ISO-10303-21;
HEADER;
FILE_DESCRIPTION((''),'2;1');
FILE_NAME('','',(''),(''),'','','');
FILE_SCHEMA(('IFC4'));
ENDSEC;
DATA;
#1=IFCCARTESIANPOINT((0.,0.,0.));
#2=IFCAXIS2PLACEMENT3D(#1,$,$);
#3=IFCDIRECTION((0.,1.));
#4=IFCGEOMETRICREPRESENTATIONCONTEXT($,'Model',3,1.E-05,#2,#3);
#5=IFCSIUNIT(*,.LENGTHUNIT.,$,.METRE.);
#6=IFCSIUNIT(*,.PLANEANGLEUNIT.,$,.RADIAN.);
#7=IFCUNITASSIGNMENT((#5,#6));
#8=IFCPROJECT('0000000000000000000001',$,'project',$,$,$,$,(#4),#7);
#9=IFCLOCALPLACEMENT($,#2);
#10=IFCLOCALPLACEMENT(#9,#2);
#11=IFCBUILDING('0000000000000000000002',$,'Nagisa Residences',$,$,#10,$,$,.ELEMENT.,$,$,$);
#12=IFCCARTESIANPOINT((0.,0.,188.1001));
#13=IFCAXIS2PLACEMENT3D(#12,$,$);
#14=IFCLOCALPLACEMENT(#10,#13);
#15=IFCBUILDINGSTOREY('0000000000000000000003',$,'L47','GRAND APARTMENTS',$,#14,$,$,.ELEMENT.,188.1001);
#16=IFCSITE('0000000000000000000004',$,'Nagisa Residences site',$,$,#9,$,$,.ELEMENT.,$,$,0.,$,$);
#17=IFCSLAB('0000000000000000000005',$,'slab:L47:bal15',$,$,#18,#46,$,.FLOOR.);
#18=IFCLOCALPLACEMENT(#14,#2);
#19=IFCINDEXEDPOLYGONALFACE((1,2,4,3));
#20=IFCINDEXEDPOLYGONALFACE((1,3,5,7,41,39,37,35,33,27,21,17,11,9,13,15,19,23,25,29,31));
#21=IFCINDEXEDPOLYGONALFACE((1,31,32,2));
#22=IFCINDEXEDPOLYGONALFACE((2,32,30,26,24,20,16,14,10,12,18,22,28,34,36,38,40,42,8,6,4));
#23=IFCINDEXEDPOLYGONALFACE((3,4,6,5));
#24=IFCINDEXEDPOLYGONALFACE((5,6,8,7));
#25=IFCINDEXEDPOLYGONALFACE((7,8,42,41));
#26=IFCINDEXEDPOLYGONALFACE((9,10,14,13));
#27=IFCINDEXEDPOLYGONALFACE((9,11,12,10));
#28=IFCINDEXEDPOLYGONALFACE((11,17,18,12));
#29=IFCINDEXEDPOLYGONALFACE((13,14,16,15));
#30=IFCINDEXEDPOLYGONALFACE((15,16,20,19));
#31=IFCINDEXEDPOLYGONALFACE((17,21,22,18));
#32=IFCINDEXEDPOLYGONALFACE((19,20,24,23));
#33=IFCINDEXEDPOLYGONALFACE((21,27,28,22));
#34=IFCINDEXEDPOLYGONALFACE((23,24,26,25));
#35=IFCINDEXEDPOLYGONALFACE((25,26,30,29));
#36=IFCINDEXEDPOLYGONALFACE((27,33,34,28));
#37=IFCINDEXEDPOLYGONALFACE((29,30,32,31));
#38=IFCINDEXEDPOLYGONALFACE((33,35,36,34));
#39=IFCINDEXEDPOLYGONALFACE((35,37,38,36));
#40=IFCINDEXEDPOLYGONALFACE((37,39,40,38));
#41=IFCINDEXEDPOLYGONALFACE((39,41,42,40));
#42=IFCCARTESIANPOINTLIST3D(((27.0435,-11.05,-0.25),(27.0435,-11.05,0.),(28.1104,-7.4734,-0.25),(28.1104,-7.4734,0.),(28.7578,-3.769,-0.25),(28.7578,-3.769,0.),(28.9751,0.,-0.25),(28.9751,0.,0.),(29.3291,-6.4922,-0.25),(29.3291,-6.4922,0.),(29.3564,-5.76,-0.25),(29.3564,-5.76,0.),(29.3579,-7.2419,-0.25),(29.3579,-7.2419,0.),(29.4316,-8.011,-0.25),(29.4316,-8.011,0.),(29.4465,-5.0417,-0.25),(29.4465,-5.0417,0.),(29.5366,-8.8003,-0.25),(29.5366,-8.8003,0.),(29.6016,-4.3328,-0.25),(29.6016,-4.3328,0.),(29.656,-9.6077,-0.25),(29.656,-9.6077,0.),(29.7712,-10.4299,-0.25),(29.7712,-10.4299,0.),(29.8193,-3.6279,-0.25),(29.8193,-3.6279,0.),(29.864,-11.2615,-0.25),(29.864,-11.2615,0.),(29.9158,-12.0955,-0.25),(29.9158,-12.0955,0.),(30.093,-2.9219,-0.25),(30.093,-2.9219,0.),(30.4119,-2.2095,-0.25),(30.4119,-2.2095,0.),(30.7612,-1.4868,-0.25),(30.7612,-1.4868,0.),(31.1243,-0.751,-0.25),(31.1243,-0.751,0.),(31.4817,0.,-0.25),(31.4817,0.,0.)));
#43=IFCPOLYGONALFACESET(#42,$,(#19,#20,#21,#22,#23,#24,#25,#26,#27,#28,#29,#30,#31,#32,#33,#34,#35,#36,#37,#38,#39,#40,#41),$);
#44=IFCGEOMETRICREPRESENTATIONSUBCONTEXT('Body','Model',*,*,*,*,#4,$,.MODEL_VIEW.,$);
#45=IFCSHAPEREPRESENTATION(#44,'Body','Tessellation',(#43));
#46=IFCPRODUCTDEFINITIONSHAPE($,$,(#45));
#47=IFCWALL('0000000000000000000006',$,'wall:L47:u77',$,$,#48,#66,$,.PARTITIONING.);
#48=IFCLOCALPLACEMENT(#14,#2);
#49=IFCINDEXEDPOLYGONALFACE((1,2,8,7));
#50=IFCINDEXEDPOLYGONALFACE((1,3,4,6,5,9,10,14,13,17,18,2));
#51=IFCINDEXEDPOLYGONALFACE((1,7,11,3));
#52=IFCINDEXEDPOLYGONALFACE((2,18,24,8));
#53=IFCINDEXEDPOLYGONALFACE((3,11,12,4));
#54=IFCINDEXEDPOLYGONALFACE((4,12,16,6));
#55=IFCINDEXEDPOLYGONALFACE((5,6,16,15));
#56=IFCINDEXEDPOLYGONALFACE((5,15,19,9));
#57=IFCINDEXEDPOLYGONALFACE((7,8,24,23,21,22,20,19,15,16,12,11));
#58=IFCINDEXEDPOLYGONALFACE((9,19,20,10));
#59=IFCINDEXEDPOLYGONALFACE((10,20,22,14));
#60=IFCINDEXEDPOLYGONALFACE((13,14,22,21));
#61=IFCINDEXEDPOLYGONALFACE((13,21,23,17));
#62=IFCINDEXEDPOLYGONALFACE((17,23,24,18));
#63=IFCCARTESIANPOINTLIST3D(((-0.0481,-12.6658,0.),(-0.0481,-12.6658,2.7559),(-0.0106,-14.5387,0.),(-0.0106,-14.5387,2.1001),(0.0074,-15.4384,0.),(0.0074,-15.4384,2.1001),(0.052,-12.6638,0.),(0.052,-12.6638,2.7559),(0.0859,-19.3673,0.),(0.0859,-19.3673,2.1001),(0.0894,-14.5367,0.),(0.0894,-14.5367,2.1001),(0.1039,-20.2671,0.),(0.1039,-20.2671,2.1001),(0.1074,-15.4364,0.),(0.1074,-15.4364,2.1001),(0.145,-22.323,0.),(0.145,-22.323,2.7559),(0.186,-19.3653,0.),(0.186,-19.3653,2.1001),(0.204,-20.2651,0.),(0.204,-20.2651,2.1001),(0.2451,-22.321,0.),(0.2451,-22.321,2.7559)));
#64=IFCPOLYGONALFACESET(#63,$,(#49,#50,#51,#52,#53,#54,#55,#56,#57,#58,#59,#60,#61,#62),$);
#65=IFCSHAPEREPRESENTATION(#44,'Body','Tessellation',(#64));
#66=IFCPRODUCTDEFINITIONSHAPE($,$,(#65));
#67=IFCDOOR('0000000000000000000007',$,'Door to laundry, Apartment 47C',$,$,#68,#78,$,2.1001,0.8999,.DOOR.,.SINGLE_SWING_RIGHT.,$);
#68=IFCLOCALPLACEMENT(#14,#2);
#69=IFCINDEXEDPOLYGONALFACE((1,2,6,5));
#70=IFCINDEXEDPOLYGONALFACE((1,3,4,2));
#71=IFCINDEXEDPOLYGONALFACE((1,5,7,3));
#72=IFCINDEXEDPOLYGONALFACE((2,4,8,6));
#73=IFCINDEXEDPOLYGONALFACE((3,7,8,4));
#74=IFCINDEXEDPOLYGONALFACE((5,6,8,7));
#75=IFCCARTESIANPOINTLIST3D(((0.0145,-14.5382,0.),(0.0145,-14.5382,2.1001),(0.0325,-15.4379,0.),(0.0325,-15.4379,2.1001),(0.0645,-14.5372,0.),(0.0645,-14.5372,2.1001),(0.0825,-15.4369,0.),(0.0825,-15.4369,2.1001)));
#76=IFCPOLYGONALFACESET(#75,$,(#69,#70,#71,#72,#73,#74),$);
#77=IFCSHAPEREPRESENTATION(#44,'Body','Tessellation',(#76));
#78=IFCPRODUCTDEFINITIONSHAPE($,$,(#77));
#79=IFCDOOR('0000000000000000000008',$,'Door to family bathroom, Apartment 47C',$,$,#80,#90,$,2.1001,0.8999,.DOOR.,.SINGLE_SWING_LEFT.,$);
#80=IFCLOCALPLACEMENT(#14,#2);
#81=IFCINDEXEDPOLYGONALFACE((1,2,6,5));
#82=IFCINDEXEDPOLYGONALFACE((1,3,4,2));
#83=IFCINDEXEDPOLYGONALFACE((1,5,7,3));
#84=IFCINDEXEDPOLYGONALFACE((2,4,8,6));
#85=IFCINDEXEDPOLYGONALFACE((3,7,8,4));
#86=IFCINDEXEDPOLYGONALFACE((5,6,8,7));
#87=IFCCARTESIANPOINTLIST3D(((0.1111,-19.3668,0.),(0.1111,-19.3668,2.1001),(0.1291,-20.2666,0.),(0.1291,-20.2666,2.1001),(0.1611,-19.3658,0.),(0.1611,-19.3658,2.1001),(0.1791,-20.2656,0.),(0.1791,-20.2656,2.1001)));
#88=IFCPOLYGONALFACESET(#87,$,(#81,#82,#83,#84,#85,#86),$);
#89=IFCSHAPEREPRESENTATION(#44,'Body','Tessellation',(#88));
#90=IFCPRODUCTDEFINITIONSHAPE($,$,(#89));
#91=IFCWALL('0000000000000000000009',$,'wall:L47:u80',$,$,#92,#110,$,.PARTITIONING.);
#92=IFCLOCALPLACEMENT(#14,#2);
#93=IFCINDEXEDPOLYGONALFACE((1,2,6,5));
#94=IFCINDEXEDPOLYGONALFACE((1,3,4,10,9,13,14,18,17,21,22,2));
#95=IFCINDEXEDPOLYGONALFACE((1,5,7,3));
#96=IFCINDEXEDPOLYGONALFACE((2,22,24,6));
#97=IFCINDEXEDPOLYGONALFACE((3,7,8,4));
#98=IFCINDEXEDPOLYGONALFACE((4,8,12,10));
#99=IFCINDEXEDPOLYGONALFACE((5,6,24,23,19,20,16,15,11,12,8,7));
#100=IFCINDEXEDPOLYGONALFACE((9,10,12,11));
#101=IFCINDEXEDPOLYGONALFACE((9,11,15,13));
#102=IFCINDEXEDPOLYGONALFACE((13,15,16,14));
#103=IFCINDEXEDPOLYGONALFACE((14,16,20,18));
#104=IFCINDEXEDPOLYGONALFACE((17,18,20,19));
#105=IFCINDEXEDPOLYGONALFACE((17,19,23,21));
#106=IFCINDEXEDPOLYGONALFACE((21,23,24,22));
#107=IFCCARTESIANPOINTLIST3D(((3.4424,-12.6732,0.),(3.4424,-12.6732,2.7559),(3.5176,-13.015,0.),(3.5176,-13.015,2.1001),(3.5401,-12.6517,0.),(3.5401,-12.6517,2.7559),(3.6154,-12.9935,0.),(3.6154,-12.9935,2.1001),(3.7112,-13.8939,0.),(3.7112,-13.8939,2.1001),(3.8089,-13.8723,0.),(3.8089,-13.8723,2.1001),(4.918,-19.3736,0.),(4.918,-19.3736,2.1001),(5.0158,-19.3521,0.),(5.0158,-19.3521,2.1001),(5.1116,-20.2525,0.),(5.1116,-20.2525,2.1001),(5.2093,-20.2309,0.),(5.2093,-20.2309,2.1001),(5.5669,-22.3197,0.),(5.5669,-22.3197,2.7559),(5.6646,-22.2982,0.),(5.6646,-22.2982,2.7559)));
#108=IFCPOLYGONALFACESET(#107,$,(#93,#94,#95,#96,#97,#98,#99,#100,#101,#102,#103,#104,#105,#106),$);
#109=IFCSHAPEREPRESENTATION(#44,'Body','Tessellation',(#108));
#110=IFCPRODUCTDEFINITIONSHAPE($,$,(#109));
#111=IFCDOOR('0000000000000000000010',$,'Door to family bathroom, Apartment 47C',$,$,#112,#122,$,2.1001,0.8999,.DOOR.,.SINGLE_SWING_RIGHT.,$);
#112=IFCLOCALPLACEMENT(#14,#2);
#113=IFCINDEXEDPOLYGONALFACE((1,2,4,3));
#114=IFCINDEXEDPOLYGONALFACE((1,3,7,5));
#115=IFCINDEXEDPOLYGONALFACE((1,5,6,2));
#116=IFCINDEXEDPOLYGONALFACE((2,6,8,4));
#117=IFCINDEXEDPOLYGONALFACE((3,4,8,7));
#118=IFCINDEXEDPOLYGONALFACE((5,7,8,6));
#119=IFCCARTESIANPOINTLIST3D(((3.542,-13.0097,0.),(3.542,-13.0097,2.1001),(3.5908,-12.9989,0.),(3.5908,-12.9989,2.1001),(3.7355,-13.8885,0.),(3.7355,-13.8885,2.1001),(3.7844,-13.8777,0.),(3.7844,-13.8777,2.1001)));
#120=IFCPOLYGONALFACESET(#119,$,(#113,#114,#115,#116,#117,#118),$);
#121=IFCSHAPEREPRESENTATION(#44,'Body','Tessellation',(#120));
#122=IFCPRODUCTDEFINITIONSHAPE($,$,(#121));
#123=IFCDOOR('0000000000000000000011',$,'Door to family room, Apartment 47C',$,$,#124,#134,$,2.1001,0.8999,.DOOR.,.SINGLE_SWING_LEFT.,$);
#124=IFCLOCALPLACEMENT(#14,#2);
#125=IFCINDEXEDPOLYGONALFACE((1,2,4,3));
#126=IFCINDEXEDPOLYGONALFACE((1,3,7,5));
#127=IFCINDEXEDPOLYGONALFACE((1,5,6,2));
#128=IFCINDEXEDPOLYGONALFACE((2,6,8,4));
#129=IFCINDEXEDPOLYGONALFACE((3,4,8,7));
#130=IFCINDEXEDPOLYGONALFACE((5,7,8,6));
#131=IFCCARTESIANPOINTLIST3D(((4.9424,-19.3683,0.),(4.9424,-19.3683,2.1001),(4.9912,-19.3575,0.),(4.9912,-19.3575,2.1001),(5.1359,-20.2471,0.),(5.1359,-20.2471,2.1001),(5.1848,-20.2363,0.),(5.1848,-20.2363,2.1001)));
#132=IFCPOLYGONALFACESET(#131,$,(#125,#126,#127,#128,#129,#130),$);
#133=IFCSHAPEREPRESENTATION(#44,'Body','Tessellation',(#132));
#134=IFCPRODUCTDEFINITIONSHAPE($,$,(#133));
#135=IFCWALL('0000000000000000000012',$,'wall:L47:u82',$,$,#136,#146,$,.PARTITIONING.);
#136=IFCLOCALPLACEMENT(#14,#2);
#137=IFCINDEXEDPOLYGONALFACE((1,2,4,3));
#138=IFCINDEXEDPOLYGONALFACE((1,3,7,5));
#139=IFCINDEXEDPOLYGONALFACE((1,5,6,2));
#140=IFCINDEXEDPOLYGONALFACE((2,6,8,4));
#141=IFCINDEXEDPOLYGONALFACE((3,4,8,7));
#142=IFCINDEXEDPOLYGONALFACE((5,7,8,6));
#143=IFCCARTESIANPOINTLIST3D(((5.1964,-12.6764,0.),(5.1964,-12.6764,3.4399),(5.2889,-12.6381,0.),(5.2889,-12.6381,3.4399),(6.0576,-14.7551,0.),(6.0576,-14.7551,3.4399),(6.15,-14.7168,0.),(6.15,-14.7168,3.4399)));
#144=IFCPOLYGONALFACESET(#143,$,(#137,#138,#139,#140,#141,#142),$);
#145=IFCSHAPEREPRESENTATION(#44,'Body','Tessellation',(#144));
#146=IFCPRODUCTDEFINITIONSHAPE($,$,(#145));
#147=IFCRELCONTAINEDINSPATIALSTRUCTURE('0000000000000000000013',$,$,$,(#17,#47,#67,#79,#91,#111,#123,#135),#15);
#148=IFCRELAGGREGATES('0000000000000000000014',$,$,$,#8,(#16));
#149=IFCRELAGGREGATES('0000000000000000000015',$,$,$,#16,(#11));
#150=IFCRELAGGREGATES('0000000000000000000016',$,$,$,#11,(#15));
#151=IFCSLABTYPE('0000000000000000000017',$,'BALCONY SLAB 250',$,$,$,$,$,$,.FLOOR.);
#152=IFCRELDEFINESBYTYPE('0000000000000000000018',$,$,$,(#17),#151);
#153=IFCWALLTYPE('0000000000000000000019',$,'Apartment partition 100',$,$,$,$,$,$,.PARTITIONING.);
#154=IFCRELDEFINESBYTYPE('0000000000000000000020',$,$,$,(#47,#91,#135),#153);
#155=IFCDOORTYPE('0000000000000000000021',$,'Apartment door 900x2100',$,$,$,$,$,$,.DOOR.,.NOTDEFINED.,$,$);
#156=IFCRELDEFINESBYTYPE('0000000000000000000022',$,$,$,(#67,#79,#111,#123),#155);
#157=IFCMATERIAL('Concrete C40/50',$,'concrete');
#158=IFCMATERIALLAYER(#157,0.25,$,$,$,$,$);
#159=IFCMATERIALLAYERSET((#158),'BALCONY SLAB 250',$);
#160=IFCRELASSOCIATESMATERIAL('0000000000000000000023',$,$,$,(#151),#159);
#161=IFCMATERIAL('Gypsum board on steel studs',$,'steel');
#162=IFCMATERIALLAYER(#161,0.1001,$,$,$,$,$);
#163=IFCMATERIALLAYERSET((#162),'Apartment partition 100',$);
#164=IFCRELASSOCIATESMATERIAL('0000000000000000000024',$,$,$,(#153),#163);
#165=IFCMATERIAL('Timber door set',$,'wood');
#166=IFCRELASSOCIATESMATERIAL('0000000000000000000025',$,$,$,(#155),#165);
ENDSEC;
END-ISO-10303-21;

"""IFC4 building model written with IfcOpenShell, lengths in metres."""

from ifc_helpers import new_model, si_unit, direction, frame, frame_2d, origin, place, context, subcontext, project, spatial, polyline, rectangle, outline, extrude, material, layer, layer_set, type_object, element, fill, save


model = new_model("IFC4")

# Units and contexts
model_context = context("Model", 3, precision=1e-05, world=origin(), true_north=direction((0.0, 1.0)))
body_context = subcontext(model_context, "Body", "Model", "MODEL_VIEW")
ifc_project = project(units=[si_unit("LENGTHUNIT", "METRE"), si_unit("PLANEANGLEUNIT", "RADIAN")], contexts=[model_context])

# Site, building, storey
site_placement = place(None, origin())
site = spatial("IfcSite", under=ifc_project, at=site_placement, Name="Nagisa Residences site", CompositionType="ELEMENT", RefElevation=0.0)
building_placement = place(site_placement, origin())
building = spatial("IfcBuilding", under=site, at=building_placement, Name="Nagisa Residences", CompositionType="ELEMENT")
storey_placement = place(building_placement, frame((0.0, 0.0, 188.1001)))
storey = spatial("IfcBuildingStorey", under=building, at=storey_placement, Name="L47", Description="GRAND APARTMENTS", CompositionType="ELEMENT", Elevation=188.1001)

# Slab
ifc_material_1 = material(Name="Concrete C40/50", Category="concrete")
ifc_layer_1 = layer(ifc_material_1, 0.25)
ifc_layer_set_1 = layer_set([ifc_layer_1], Name="BALCONY SLAB 250")
slab_type = type_object("IfcSlabType", Name="BALCONY SLAB 250", PredefinedType="FLOOR", material=ifc_layer_set_1)
slab_placement = place(storey_placement, frame((0.0, 0.0, -0.25)))
element("IfcSlab", 1, at=slab_placement, inside=storey, type_object=slab_type, Name="slab:L47:bal15", PredefinedType="FLOOR", context=body_context, shape_type="SweptSolid", body=[
    extrude(outline(polyline([(29.9158, -12.0955), (29.864, -11.2615), (29.7712, -10.4299), (29.656, -9.6077), (29.5366, -8.8003), (29.4316, -8.011), (29.3579, -7.2419), (29.3291, -6.4922), (29.3564, -5.76), (29.4465, -5.0417), (29.6016, -4.3328), (29.8193, -3.6279), (30.093, -2.9219), (30.4119, -2.2095), (30.7612, -1.4868), (31.1243, -0.751), (31.4817, 0.0), (28.9751, 0.0), (28.7578, -3.769), (28.1104, -7.4734), (27.0435, -11.05), (29.9158, -12.0955)])), origin(), (0.0, 0.0, 1.0), 0.25),
])

# Walls, openings, doors
ifc_material_2 = material(Name="Gypsum board on steel studs", Category="steel")
ifc_layer_2 = layer(ifc_material_2, 0.1001)
ifc_layer_set_2 = layer_set([ifc_layer_2], Name="Apartment partition 100")
wall_type_1 = type_object("IfcWallType", Name="Apartment partition 100", PredefinedType="PARTITIONING", material=ifc_layer_set_2)
wall_1_placement = place(storey_placement, frame((0.002, -12.6648, 0.0), z_axis=(0.0, 0.0, 1.0), x_axis=(0.019993, -0.9998, 0.0)))
wall_1 = element("IfcWall", 2, at=wall_1_placement, inside=storey, type_object=wall_type_1, Name="wall:L47:u77", PredefinedType="PARTITIONING", context=body_context, shape_type="SweptSolid", body=[
    extrude(rectangle(XDim=9.6592, YDim=0.1001, at=frame_2d((4.8296, 0.0))), origin(), (0.0, 0.0, 1.0), 2.7559),
])
opening_1_placement = place(wall_1_placement, frame((1.8733, 0.0, 0.0)))
opening_1 = element("IfcOpeningElement", 3, at=opening_1_placement, cuts=wall_1, PredefinedType="OPENING", context=body_context, shape_type="SweptSolid", body=[
    extrude(rectangle(XDim=0.8999, YDim=2.1001, at=frame_2d((0.45, 1.05))), frame((0.0, 0.0601, 0.0), z_axis=(0.0, -1.0, 0.0), x_axis=(1.0, 0.0, 0.0)), (0.0, 0.0, 1.0), 0.1201),
])
opening_2_placement = place(wall_1_placement, frame((6.7029, 0.0, 0.0)))
opening_2 = element("IfcOpeningElement", 4, at=opening_2_placement, cuts=wall_1, PredefinedType="OPENING", context=body_context, shape_type="SweptSolid", body=[
    extrude(rectangle(XDim=0.8999, YDim=2.1001, at=frame_2d((0.45, 1.05))), frame((0.0, 0.0601, 0.0), z_axis=(0.0, -1.0, 0.0), x_axis=(1.0, 0.0, 0.0)), (0.0, 0.0, 1.0), 0.1201),
])
ifc_material_3 = material(Name="Timber door set", Category="wood")
door_type_1 = type_object("IfcDoorType", Name="Apartment door 900x2100", OperationType="NOTDEFINED", PredefinedType="DOOR", material=ifc_material_3)
door_1_placement = place(opening_1_placement, frame((0.8999, 0.0, 0.0), x_axis=(-1.0, 0.0, 0.0)))
door_1 = element("IfcDoor", 5, at=door_1_placement, inside=storey, type_object=door_type_1, Name="Door to laundry, Apartment 47C", OperationType="SINGLE_SWING_RIGHT", OverallHeight=2.1001, OverallWidth=0.8999, PredefinedType="DOOR", context=body_context, shape_type="SweptSolid", body=[
    extrude(rectangle(XDim=0.8999, YDim=2.1001, at=frame_2d((0.45, 1.05))), frame((0.0, 0.0249, 0.0), z_axis=(0.0, -1.0, 0.0), x_axis=(1.0, 0.0, 0.0)), (0.0, 0.0, 1.0), 0.05),
])
fill(opening_1, door_1)
door_2_placement = place(opening_2_placement, frame((0.8999, 0.0, 0.0), x_axis=(-1.0, 0.0, 0.0)))
door_2 = element("IfcDoor", 6, at=door_2_placement, inside=storey, type_object=door_type_1, Name="Door to family bathroom, Apartment 47C", OperationType="SINGLE_SWING_LEFT", OverallHeight=2.1001, OverallWidth=0.8999, PredefinedType="DOOR", context=body_context, shape_type="SweptSolid", body=[
    extrude(rectangle(XDim=0.8999, YDim=2.1001, at=frame_2d((0.45, 1.05))), frame((0.0, 0.0249, 0.0), z_axis=(0.0, -1.0, 0.0), x_axis=(1.0, 0.0, 0.0)), (0.0, 0.0, 1.0), 0.05),
])
fill(opening_2, door_2)
wall_2_placement = place(storey_placement, frame((3.4912, -12.6624, 0.0), z_axis=(0.0, 0.0, 1.0), x_axis=(0.215082, -0.976596, 0.0)))
wall_2 = element("IfcWall", 7, at=wall_2_placement, inside=storey, type_object=wall_type_1, Name="wall:L47:u80", PredefinedType="PARTITIONING", context=body_context, shape_type="SweptSolid", body=[
    extrude(rectangle(XDim=9.8777, YDim=0.1001, at=frame_2d((4.939, 0.0))), origin(), (0.0, 0.0, 1.0), 2.7559),
])
opening_3_placement = place(wall_2_placement, frame((0.3501, 0.0, 0.0)))
opening_3 = element("IfcOpeningElement", 8, at=opening_3_placement, cuts=wall_2, PredefinedType="OPENING", context=body_context, shape_type="SweptSolid", body=[
    extrude(rectangle(XDim=0.8999, YDim=2.1001, at=frame_2d((0.45, 1.05))), frame((0.0, 0.0601, 0.0), z_axis=(0.0, -1.0, 0.0), x_axis=(1.0, 0.0, 0.0)), (0.0, 0.0, 1.0), 0.1201),
])
opening_4_placement = place(wall_2_placement, frame((6.8611, 0.0, 0.0)))
opening_4 = element("IfcOpeningElement", 9, at=opening_4_placement, cuts=wall_2, PredefinedType="OPENING", context=body_context, shape_type="SweptSolid", body=[
    extrude(rectangle(XDim=0.8999, YDim=2.1001, at=frame_2d((0.45, 1.05))), frame((0.0, 0.0601, 0.0), z_axis=(0.0, -1.0, 0.0), x_axis=(1.0, 0.0, 0.0)), (0.0, 0.0, 1.0), 0.1201),
])
door_3_placement = place(opening_3_placement, origin())
door_3 = element("IfcDoor", 10, at=door_3_placement, inside=storey, type_object=door_type_1, Name="Door to family bathroom, Apartment 47C", OperationType="SINGLE_SWING_RIGHT", OverallHeight=2.1001, OverallWidth=0.8999, PredefinedType="DOOR", context=body_context, shape_type="SweptSolid", body=[
    extrude(rectangle(XDim=0.8999, YDim=2.1001, at=frame_2d((0.45, 1.05))), frame((0.0, 0.0249, 0.0), z_axis=(0.0, -1.0, 0.0), x_axis=(1.0, 0.0, 0.0)), (0.0, 0.0, 1.0), 0.05),
])
fill(opening_3, door_3)
door_4_placement = place(opening_4_placement, origin())
door_4 = element("IfcDoor", 11, at=door_4_placement, inside=storey, type_object=door_type_1, Name="Door to family room, Apartment 47C", OperationType="SINGLE_SWING_LEFT", OverallHeight=2.1001, OverallWidth=0.8999, PredefinedType="DOOR", context=body_context, shape_type="SweptSolid", body=[
    extrude(rectangle(XDim=0.8999, YDim=2.1001, at=frame_2d((0.45, 1.05))), frame((0.0, 0.0249, 0.0), z_axis=(0.0, -1.0, 0.0), x_axis=(1.0, 0.0, 0.0)), (0.0, 0.0, 1.0), 0.05),
])
fill(opening_4, door_4)

# Wall
wall_3_placement = place(storey_placement, frame((5.2427, -12.6572, 0.0), z_axis=(0.0, 0.0, 1.0), x_axis=(0.382719, -0.923865, 0.0)))
element("IfcWall", 12, at=wall_3_placement, inside=storey, type_object=wall_type_1, Name="wall:L47:u82", PredefinedType="PARTITIONING", context=body_context, shape_type="SweptSolid", body=[
    extrude(rectangle(XDim=2.25, YDim=0.1001, at=frame_2d((1.125, 0.0))), origin(), (0.0, 0.0, 1.0), 3.4399),
])

save(model, "model.ifc")
